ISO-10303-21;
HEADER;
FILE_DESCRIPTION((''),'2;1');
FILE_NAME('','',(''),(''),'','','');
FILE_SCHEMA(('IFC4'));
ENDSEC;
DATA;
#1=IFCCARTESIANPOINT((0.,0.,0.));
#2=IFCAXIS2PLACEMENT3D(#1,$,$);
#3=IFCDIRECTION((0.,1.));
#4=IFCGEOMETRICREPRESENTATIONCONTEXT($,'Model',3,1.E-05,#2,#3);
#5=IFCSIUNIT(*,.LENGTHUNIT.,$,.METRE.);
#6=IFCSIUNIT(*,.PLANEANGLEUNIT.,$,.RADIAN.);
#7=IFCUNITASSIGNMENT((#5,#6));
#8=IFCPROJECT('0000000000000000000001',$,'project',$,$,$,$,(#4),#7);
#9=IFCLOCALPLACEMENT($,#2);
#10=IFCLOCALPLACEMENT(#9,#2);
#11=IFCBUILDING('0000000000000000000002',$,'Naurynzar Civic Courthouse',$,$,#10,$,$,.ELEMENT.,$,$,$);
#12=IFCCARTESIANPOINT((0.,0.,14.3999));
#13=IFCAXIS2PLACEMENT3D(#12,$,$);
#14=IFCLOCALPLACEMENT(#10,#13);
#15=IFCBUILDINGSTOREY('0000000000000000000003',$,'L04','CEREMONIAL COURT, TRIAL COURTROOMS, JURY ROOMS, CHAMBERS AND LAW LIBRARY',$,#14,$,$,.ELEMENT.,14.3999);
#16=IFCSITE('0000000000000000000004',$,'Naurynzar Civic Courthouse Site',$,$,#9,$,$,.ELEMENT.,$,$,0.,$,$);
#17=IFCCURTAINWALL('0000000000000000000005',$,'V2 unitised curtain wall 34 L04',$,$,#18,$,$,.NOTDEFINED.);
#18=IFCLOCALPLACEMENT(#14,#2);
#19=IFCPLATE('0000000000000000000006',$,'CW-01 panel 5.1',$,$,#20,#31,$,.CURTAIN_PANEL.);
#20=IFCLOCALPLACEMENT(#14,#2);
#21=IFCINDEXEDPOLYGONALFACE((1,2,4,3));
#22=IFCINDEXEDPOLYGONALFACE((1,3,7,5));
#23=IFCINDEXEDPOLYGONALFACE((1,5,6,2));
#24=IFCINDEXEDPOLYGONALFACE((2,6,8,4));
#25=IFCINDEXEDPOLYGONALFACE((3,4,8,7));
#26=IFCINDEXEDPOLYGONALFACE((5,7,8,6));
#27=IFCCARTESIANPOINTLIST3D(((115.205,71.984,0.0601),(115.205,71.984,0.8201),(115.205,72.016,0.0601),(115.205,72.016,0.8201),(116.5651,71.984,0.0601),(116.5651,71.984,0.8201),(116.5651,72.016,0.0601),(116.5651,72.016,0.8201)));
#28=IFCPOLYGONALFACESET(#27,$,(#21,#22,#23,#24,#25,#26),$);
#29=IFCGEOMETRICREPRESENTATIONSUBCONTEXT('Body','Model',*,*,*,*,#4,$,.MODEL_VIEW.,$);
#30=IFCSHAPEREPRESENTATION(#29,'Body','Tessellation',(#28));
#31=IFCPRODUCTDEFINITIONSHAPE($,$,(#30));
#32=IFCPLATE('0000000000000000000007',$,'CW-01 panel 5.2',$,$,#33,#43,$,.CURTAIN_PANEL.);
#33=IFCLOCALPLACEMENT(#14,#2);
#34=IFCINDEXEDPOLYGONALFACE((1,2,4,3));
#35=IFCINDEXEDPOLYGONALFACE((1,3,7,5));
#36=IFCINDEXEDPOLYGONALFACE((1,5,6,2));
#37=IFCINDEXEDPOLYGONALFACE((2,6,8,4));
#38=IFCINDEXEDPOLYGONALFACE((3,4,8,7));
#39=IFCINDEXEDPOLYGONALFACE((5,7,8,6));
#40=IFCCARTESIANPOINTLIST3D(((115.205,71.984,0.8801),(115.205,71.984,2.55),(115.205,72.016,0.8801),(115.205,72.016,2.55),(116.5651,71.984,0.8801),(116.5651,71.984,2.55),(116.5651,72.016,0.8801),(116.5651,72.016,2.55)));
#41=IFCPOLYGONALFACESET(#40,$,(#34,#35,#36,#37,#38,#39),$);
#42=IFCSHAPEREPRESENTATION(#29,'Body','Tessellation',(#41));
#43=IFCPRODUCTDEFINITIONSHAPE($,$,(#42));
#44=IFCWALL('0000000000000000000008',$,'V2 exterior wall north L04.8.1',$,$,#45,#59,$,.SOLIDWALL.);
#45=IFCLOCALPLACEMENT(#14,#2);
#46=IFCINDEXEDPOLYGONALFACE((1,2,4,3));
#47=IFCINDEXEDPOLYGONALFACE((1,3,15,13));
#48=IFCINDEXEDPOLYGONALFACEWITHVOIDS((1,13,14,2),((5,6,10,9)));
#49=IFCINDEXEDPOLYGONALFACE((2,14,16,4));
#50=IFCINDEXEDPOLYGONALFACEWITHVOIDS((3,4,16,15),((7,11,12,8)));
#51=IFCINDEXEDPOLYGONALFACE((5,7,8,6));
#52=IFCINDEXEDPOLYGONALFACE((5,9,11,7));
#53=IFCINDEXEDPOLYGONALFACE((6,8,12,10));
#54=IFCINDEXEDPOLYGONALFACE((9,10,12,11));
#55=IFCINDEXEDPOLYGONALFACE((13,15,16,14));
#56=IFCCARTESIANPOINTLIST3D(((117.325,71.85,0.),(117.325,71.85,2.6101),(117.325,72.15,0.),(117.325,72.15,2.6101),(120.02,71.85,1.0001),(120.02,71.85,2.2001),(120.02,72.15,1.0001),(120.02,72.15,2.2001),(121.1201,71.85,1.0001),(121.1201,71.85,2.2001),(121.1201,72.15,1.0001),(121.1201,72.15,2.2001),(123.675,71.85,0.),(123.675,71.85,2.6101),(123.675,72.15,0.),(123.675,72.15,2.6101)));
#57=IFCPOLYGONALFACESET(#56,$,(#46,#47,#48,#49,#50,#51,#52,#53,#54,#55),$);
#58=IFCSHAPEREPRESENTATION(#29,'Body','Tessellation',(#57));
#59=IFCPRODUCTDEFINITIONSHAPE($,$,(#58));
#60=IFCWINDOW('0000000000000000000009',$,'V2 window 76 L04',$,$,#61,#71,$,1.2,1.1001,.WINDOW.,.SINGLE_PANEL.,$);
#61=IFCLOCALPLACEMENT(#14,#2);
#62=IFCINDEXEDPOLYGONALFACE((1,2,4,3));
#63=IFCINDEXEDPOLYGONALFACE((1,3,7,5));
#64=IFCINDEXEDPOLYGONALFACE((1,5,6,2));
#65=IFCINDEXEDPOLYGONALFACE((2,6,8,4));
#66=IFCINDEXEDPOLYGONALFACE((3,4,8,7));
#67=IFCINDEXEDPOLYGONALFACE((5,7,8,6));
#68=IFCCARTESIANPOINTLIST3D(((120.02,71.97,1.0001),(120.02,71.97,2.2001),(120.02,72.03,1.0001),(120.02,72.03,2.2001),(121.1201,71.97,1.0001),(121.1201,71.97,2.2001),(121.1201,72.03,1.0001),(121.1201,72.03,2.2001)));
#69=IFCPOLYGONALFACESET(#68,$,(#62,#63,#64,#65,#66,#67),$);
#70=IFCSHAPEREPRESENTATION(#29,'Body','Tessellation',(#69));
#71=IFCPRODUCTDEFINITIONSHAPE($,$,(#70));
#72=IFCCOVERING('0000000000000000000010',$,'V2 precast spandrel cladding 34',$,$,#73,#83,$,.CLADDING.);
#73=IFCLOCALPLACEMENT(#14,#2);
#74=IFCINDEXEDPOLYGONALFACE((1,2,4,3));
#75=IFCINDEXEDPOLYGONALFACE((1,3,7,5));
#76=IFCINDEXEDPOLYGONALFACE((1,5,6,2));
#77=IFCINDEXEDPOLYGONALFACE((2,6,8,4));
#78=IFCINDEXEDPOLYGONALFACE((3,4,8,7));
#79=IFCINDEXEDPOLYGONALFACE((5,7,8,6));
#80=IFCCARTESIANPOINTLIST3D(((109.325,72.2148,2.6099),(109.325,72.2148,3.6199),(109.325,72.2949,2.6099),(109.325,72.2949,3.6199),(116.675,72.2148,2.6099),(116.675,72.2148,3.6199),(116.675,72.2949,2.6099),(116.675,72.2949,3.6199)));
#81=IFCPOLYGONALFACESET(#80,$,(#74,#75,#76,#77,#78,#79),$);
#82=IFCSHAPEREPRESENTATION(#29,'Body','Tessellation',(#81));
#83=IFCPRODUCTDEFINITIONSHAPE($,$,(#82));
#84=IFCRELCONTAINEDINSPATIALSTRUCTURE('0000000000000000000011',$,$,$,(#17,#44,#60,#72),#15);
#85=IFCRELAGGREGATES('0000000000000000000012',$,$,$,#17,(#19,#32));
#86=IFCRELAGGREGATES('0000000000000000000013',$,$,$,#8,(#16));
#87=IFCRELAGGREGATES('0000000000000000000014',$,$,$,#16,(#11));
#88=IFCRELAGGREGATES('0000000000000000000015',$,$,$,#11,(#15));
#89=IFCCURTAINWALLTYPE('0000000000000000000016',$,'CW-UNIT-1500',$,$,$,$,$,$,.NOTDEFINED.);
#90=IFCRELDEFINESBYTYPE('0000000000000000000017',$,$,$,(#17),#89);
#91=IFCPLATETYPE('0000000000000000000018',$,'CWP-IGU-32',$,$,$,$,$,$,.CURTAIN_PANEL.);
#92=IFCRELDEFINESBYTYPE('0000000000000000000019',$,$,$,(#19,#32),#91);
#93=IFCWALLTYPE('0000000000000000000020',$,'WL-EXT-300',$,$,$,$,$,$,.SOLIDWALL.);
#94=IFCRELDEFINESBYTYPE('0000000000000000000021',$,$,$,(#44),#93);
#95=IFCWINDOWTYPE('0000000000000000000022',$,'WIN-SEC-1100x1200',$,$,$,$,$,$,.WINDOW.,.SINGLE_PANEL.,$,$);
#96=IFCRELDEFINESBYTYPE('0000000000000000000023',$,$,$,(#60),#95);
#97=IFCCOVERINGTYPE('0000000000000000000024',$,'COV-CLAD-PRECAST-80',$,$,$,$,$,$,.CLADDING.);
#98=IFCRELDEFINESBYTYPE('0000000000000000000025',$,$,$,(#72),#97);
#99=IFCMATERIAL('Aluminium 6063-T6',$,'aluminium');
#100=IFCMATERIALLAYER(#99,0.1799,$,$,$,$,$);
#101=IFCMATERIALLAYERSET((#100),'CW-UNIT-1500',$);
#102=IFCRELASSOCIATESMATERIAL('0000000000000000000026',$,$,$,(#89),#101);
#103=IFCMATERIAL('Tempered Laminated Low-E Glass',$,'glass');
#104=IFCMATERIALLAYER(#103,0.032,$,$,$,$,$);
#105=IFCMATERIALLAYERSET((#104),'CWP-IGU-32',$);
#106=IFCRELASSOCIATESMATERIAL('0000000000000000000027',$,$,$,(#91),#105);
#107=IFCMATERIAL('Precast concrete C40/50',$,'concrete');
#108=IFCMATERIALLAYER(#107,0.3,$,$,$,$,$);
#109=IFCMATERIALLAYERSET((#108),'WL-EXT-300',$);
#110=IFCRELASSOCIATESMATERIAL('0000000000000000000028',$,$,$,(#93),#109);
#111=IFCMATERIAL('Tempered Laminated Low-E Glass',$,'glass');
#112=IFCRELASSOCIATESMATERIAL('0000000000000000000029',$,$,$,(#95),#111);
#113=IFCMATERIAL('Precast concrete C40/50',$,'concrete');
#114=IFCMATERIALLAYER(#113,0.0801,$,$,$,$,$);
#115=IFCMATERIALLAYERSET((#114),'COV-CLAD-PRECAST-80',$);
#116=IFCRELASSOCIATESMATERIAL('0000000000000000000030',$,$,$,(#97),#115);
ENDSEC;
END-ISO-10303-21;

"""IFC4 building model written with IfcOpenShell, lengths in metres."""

from ifc_helpers import new_model, si_unit, direction, frame, frame_2d, origin, origin_2d, place, context, subcontext, project, spatial, rectangle, extrude, material, layer, layer_set, type_object, element, fill, aggregate, save


model = new_model("IFC4")

# Units and contexts
model_context = context("Model", 3, precision=1e-05, world=origin(), true_north=direction((0.0, 1.0)))
body_context = subcontext(model_context, "Body", "Model", "MODEL_VIEW")
ifc_project = project(units=[si_unit("LENGTHUNIT", "METRE"), si_unit("PLANEANGLEUNIT", "RADIAN")], contexts=[model_context])

# Site, building, storey
site_placement = place(None, origin())
site = spatial("IfcSite", under=ifc_project, at=site_placement, Name="Naurynzar Civic Courthouse Site", CompositionType="ELEMENT", RefElevation=0.0)
building_placement = place(site_placement, origin())
building = spatial("IfcBuilding", under=site, at=building_placement, Name="Naurynzar Civic Courthouse", CompositionType="ELEMENT")
storey_placement = place(building_placement, frame((0.0, 0.0, 14.3999)))
storey = spatial("IfcBuildingStorey", under=building, at=storey_placement, Name="L04", Description="CEREMONIAL COURT, TRIAL COURTROOMS, JURY ROOMS, CHAMBERS AND LAW LIBRARY", CompositionType="ELEMENT", Elevation=14.3999)

# Curtain wall, plates
ifc_material_1 = material(Name="Aluminium 6063-T6", Category="aluminium")
ifc_layer_1 = layer(ifc_material_1, 0.1799)
ifc_layer_set_1 = layer_set([ifc_layer_1], Name="CW-UNIT-1500")
curtain_wall_type = type_object("IfcCurtainWallType", Name="CW-UNIT-1500", PredefinedType="NOTDEFINED", material=ifc_layer_set_1)
curtain_wall_placement = place(storey_placement, origin())
curtain_wall = element("IfcCurtainWall", 1, at=curtain_wall_placement, inside=storey, type_object=curtain_wall_type, Name="V2 unitised curtain wall 34 L04", PredefinedType="NOTDEFINED")
ifc_material_2 = material(Name="Tempered Laminated Low-E Glass", Category="glass")
ifc_layer_2 = layer(ifc_material_2, 0.032)
ifc_layer_set_2 = layer_set([ifc_layer_2], Name="CWP-IGU-32")
plate_type = type_object("IfcPlateType", Name="CWP-IGU-32", PredefinedType="CURTAIN_PANEL", material=ifc_layer_set_2)
plate_1_placement = place(storey_placement, frame((115.885, 72.0, 0.0601), z_axis=(0.0, 0.0, 1.0), x_axis=(1.0, 0.0, 0.0)))
plate_1 = element("IfcPlate", 2, at=plate_1_placement, type_object=plate_type, Name="CW-01 panel 5.1", PredefinedType="CURTAIN_PANEL", context=body_context, shape_type="SweptSolid", body=[
    extrude(rectangle(XDim=1.3601, YDim=0.032, at=origin_2d()), origin(), (0.0, 0.0, 1.0), 0.76),
])
plate_2_placement = place(storey_placement, frame((115.885, 72.0, 0.8801), z_axis=(0.0, 0.0, 1.0), x_axis=(1.0, 0.0, 0.0)))
plate_2 = element("IfcPlate", 3, at=plate_2_placement, type_object=plate_type, Name="CW-01 panel 5.2", PredefinedType="CURTAIN_PANEL", context=body_context, shape_type="SweptSolid", body=[
    extrude(rectangle(XDim=1.3601, YDim=0.032, at=origin_2d()), origin(), (0.0, 0.0, 1.0), 1.6699),
])
aggregate(curtain_wall, [plate_1, plate_2])

# Wall, opening, window
ifc_material_3 = material(Name="Precast concrete C40/50", Category="concrete")
ifc_layer_3 = layer(ifc_material_3, 0.3)
ifc_layer_set_3 = layer_set([ifc_layer_3], Name="WL-EXT-300")
wall_type = type_object("IfcWallType", Name="WL-EXT-300", PredefinedType="SOLIDWALL", material=ifc_layer_set_3)
wall_placement = place(storey_placement, frame((117.325, 72.0, 0.0), z_axis=(0.0, 0.0, 1.0), x_axis=(1.0, 0.0, 0.0)))
wall = element("IfcWall", 4, at=wall_placement, inside=storey, type_object=wall_type, Name="V2 exterior wall north L04.8.1", PredefinedType="SOLIDWALL", context=body_context, shape_type="SweptSolid", body=[
    extrude(rectangle(XDim=6.3501, YDim=0.3, at=frame_2d((3.175, 0.0))), origin(), (0.0, 0.0, 1.0), 2.6101),
])
opening_placement = place(wall_placement, frame((2.6951, 0.0, 1.0)))
opening = element("IfcOpeningElement", 5, at=opening_placement, cuts=wall, PredefinedType="OPENING", context=body_context, shape_type="SweptSolid", body=[
    extrude(rectangle(XDim=1.1001, YDim=1.2, at=frame_2d((0.55, 0.6001))), frame((0.0, 0.1599, 0.0), z_axis=(0.0, -1.0, 0.0), x_axis=(1.0, 0.0, 0.0)), (0.0, 0.0, 1.0), 0.3201),
])
ifc_material_4 = material(Name="Tempered Laminated Low-E Glass", Category="glass")
window_type = type_object("IfcWindowType", Name="WIN-SEC-1100x1200", PartitioningType="SINGLE_PANEL", PredefinedType="WINDOW", material=ifc_material_4)
window_placement = place(opening_placement, origin())
window = element("IfcWindow", 6, at=window_placement, inside=storey, type_object=window_type, Name="V2 window 76 L04", OverallHeight=1.2, OverallWidth=1.1001, PartitioningType="SINGLE_PANEL", PredefinedType="WINDOW", context=body_context, shape_type="SweptSolid", body=[
    extrude(rectangle(XDim=1.1001, YDim=1.2, at=frame_2d((0.55, 0.6001))), frame((0.0, 0.03, 0.0), z_axis=(0.0, -1.0, 0.0), x_axis=(1.0, 0.0, 0.0)), (0.0, 0.0, 1.0), 0.0601),
])
fill(opening, window)

# Covering
ifc_material_5 = material(Name="Precast concrete C40/50", Category="concrete")
ifc_layer_4 = layer(ifc_material_5, 0.0801)
ifc_layer_set_4 = layer_set([ifc_layer_4], Name="COV-CLAD-PRECAST-80")
covering_type = type_object("IfcCoveringType", Name="COV-CLAD-PRECAST-80", PredefinedType="CLADDING", material=ifc_layer_set_4)
covering_placement = place(storey_placement, frame((113.0, 72.2549, 2.6099), z_axis=(0.0, 0.0, 1.0), x_axis=(1.0, 0.0, 0.0)))
element("IfcCovering", 7, at=covering_placement, inside=storey, type_object=covering_type, Name="V2 precast spandrel cladding 34", PredefinedType="CLADDING", context=body_context, shape_type="SweptSolid", body=[
    extrude(rectangle(XDim=7.3501, YDim=0.0801, at=origin_2d()), origin(), (0.0, 0.0, 1.0), 1.01),
])

save(model, "model.ifc")
